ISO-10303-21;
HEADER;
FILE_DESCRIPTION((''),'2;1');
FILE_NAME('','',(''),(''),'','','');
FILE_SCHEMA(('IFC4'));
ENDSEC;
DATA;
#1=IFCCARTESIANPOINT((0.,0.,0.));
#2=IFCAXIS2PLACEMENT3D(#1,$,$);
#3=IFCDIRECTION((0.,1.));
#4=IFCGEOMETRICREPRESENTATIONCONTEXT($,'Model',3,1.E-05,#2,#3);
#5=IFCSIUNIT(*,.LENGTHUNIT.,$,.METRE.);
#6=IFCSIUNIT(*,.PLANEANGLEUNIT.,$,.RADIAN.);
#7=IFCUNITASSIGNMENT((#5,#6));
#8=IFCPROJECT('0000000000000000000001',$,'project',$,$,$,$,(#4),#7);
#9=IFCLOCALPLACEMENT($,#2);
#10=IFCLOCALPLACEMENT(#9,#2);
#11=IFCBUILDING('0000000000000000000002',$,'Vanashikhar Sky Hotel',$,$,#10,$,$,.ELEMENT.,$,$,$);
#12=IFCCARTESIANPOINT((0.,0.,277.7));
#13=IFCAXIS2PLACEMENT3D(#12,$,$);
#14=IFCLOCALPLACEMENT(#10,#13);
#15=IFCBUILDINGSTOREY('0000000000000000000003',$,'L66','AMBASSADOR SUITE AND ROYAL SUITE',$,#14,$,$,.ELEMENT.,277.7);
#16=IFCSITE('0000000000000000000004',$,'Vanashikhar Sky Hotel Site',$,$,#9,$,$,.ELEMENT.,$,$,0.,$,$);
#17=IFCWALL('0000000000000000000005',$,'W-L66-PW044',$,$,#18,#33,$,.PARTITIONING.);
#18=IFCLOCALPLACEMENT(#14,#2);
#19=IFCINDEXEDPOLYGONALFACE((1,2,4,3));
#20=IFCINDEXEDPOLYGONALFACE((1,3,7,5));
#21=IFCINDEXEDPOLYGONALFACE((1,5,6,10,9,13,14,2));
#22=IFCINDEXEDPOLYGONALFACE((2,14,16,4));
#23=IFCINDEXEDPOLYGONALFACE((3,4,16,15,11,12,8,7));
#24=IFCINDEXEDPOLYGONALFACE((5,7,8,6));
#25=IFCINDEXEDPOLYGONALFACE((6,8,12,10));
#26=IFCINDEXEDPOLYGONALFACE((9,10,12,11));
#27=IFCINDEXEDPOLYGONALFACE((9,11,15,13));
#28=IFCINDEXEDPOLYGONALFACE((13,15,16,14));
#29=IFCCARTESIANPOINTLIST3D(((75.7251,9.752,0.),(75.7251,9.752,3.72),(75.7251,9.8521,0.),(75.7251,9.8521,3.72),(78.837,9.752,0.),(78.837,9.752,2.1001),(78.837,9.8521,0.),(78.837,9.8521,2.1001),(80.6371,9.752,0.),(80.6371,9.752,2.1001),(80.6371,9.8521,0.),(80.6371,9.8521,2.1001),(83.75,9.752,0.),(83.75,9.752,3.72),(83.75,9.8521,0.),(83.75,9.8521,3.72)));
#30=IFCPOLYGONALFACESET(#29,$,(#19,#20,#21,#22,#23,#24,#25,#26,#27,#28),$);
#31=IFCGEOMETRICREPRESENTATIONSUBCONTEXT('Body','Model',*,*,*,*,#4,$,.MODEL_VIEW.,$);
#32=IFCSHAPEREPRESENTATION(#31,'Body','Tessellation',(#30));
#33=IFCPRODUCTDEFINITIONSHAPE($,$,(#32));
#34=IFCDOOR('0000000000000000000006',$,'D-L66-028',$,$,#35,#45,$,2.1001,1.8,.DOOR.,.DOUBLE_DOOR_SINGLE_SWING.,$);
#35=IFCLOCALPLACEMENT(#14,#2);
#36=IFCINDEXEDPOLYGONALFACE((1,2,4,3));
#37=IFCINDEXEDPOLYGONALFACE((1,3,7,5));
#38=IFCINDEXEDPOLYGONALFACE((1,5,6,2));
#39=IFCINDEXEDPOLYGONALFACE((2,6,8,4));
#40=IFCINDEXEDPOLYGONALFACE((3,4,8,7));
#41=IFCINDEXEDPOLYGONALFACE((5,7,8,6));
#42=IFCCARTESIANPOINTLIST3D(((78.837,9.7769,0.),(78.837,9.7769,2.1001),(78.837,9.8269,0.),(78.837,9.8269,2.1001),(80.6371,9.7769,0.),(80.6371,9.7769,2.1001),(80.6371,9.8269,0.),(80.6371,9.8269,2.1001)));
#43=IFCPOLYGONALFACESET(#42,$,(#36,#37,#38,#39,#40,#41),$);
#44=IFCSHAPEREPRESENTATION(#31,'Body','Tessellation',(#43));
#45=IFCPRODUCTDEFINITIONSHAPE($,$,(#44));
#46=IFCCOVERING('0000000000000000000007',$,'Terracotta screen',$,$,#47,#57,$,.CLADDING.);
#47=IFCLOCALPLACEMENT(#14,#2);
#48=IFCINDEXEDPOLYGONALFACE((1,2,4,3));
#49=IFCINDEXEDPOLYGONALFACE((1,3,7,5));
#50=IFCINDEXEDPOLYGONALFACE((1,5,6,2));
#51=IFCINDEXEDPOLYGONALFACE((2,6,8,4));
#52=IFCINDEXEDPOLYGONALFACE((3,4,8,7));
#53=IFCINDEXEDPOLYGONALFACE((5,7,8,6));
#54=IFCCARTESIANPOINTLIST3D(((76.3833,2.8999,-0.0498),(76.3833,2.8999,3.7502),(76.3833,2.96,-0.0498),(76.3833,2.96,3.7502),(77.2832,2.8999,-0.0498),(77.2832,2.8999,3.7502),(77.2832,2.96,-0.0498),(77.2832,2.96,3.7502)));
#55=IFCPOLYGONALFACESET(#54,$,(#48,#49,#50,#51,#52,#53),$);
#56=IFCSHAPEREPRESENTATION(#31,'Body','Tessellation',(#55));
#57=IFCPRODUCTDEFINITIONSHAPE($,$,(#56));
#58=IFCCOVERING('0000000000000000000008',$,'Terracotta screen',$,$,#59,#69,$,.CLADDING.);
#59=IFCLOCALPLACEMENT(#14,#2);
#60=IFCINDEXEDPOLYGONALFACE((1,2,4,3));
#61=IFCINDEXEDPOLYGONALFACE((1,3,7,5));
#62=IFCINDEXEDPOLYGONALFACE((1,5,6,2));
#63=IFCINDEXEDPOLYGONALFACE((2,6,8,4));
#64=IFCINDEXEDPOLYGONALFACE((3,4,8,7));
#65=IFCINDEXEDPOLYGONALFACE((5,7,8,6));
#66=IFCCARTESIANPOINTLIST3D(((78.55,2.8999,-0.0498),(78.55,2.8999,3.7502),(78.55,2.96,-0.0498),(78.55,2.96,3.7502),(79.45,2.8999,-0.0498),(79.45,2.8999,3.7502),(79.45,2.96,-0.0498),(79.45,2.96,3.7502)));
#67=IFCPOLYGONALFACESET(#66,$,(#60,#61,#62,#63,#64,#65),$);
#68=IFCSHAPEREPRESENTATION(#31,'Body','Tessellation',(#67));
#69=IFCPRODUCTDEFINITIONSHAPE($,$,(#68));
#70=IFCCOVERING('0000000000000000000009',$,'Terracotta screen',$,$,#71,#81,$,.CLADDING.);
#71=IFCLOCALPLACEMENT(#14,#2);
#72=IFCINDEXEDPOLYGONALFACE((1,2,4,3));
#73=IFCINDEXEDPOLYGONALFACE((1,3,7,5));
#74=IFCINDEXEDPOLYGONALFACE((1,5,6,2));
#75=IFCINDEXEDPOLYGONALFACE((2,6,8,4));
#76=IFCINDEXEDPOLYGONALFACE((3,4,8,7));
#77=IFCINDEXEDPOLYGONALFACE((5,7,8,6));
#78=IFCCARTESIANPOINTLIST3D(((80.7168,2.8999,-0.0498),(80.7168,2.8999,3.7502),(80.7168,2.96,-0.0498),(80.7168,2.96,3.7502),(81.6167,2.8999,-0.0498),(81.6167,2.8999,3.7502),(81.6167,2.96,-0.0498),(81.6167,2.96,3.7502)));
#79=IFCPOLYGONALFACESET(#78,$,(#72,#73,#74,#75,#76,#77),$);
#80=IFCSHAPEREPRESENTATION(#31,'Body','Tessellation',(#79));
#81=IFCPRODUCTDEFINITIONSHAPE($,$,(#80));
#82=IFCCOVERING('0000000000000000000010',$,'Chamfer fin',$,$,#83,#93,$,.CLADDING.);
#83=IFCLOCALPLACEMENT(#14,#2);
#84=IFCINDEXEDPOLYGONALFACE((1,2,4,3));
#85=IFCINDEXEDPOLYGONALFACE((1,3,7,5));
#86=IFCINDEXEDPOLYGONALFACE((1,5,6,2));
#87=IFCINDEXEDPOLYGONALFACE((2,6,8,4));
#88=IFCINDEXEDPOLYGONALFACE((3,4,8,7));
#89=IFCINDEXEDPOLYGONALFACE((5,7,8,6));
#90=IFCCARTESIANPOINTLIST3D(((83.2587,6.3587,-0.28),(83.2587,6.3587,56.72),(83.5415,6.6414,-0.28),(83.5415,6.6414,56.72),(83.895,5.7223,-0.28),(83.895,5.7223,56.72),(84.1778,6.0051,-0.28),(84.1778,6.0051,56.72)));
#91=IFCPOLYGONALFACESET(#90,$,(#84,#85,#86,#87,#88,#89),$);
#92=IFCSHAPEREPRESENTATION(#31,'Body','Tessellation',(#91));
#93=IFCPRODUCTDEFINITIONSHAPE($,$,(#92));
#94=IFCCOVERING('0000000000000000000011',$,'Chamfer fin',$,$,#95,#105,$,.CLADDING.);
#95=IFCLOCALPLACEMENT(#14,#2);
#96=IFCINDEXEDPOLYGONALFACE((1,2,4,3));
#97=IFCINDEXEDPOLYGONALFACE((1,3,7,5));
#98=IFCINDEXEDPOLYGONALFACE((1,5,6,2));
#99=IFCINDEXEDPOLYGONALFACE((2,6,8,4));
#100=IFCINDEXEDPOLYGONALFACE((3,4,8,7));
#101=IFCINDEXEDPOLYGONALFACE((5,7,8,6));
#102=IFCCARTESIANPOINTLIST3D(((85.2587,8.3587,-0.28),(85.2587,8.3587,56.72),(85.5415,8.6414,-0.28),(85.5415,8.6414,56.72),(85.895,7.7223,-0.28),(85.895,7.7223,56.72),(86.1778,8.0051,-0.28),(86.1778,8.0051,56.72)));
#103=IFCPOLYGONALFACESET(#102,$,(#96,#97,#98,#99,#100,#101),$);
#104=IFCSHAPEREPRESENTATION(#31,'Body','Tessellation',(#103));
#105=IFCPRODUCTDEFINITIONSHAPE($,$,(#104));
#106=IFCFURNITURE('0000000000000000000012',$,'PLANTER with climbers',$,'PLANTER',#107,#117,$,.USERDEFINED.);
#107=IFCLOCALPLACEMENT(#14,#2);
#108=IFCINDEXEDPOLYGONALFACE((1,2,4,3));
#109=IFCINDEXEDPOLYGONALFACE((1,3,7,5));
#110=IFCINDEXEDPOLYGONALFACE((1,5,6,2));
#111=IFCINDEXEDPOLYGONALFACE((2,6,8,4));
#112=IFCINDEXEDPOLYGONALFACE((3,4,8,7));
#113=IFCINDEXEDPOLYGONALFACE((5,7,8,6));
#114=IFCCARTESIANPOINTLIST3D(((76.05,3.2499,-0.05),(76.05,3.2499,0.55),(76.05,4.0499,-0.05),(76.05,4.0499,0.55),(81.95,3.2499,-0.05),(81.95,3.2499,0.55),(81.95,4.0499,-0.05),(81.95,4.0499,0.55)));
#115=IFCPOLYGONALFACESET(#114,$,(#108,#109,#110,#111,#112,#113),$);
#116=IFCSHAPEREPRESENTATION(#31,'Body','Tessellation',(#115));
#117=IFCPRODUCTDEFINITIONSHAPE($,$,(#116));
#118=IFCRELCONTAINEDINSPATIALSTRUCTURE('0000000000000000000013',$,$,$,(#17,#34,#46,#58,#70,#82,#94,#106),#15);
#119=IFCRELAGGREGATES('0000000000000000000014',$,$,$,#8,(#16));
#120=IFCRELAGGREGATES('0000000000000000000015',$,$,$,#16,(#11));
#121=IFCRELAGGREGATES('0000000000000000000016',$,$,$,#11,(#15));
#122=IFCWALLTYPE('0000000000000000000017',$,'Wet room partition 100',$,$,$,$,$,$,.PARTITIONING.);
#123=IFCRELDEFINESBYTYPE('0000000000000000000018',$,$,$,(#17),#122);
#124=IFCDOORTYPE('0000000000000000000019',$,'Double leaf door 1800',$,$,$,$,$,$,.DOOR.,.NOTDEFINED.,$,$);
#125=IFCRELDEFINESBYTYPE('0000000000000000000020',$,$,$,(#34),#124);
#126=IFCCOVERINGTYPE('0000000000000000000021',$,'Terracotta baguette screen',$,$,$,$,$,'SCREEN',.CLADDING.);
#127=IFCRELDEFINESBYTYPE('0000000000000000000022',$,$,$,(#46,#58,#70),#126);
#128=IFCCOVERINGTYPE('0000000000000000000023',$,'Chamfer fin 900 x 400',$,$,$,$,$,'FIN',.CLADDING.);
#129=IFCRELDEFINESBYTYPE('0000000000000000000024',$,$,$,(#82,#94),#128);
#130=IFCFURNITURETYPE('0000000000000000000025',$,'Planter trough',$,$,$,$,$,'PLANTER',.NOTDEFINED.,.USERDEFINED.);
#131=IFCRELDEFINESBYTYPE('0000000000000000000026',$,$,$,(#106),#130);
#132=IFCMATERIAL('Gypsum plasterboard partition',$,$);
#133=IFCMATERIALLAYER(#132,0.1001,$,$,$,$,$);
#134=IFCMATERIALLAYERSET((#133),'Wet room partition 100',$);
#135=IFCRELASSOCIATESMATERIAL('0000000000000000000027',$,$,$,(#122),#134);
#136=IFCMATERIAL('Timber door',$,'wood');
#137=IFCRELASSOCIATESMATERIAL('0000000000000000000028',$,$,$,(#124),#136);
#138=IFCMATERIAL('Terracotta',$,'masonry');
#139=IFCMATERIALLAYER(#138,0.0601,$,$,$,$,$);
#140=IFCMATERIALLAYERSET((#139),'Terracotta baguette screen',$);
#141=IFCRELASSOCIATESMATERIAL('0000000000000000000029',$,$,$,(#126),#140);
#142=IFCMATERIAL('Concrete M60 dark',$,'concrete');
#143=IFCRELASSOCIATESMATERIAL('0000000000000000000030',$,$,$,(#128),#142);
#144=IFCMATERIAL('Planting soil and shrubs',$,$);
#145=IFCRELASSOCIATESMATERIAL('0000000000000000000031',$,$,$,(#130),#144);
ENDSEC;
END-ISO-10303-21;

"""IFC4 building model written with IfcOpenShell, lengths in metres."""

from ifc_helpers import new_model, si_unit, direction, frame, frame_2d, origin, origin_2d, place, context, subcontext, project, spatial, rectangle, extrude, source, transform, mapped, material, layer, layer_set, material_profile, profile_set, type_object, element, fill, save


model = new_model("IFC4")

# Units and contexts
model_context = context("Model", 3, precision=1e-05, world=origin(), true_north=direction((0.0, 1.0)))
body_context = subcontext(model_context, "Body", "Model", "MODEL_VIEW")
ifc_project = project(units=[si_unit("LENGTHUNIT", "METRE"), si_unit("PLANEANGLEUNIT", "RADIAN")], contexts=[model_context])

# Site, building, storey
site_placement = place(None, origin())
site = spatial("IfcSite", under=ifc_project, at=site_placement, Name="Vanashikhar Sky Hotel Site", CompositionType="ELEMENT", RefElevation=0.0)
building_placement = place(site_placement, origin())
building = spatial("IfcBuilding", under=site, at=building_placement, Name="Vanashikhar Sky Hotel", CompositionType="ELEMENT")
storey_placement = place(building_placement, frame((0.0, 0.0, 277.7)))
storey = spatial("IfcBuildingStorey", under=building, at=storey_placement, Name="L66", Description="AMBASSADOR SUITE AND ROYAL SUITE", CompositionType="ELEMENT", Elevation=277.7)

# Wall, opening, door
ifc_material_1 = material(Name="Gypsum plasterboard partition")
ifc_layer_1 = layer(ifc_material_1, 0.1001)
ifc_layer_set_1 = layer_set([ifc_layer_1], Name="Wet room partition 100")
wall_type_1 = type_object("IfcWallType", Name="Wet room partition 100", PredefinedType="PARTITIONING", material=ifc_layer_set_1)
shared_shape_1 = source(origin(), body_context, "Body", "SweptSolid", [
    extrude(rectangle(XDim=8.0249, YDim=0.1001, at=frame_2d((4.0125, 0.0))), origin(), (0.0, 0.0, 1.0), 3.72),
])
wall_1_placement = place(storey_placement, frame((75.7251, 9.802, 0.0), z_axis=(0.0, 0.0, 1.0), x_axis=(1.0, 0.0, 0.0)))
wall_1 = element("IfcWall", 1, at=wall_1_placement, inside=storey, type_object=wall_type_1, Name="W-L66-PW044", PredefinedType="PARTITIONING", context=body_context, shape_type="MappedRepresentation", body=[
    mapped(shared_shape_1, transform((0.0, 0.0, 0.0), scale=1.0)),
])
shared_shape_2 = source(origin(), body_context, "Body", "SweptSolid", [
    extrude(rectangle(XDim=1.8, YDim=2.1001, at=frame_2d((0.8999, 1.05))), frame((0.0, 0.0601, 0.0), z_axis=(0.0, -1.0, 0.0), x_axis=(1.0, 0.0, 0.0)), (0.0, 0.0, 1.0), 0.1201),
])
opening_1_placement = place(wall_1_placement, frame((3.1121, 0.0, 0.0)))
opening_1 = element("IfcOpeningElement", 2, at=opening_1_placement, cuts=wall_1, PredefinedType="OPENING", context=body_context, shape_type="MappedRepresentation", body=[
    mapped(shared_shape_2, transform((0.0, 0.0, 0.0), scale=1.0)),
])
ifc_material_2 = material(Name="Timber door", Category="wood")
door_type = type_object("IfcDoorType", Name="Double leaf door 1800", OperationType="NOTDEFINED", PredefinedType="DOOR", material=ifc_material_2)
shared_shape_3 = source(origin(), body_context, "Body", "SweptSolid", [
    extrude(rectangle(XDim=1.8, YDim=2.1001, at=frame_2d((0.8999, 1.05))), frame((0.0, 0.0249, 0.0), z_axis=(0.0, -1.0, 0.0), x_axis=(1.0, 0.0, 0.0)), (0.0, 0.0, 1.0), 0.05),
])
door_placement = place(opening_1_placement, origin())
door = element("IfcDoor", 3, at=door_placement, inside=storey, type_object=door_type, Name="D-L66-028", OperationType="DOUBLE_DOOR_SINGLE_SWING", OverallHeight=2.1001, OverallWidth=1.8, PredefinedType="DOOR", context=body_context, shape_type="MappedRepresentation", body=[
    mapped(shared_shape_3, transform((0.0, 0.0, 0.0), scale=1.0)),
])
fill(opening_1, door)

# Coverings
ifc_material_3 = material(Name="Terracotta", Category="masonry")
ifc_layer_2 = layer(ifc_material_3, 0.0601)
ifc_layer_set_2 = layer_set([ifc_layer_2], Name="Terracotta baguette screen")
covering_type_1 = type_object("IfcCoveringType", Name="Terracotta baguette screen", ElementType="SCREEN", PredefinedType="CLADDING", material=ifc_layer_set_2)
shared_shape_4 = source(origin(), body_context, "Body", "SweptSolid", [
    extrude(rectangle(XDim=0.8999, YDim=0.0601, at=origin_2d()), origin(), (0.0, 0.0, 1.0), 3.8),
])
for number, where, z_axis, x_axis, name in (
    (4, (76.8333, 2.9299, -0.0498), (0.0, 0.0, 1.0), (1.0, 0.0, 0.0), "Terracotta screen"),
    (5, (79.0, 2.9299, -0.0498), (0.0, 0.0, 1.0), (1.0, 0.0, 0.0), "Terracotta screen"),
    (6, (81.1667, 2.9299, -0.0498), (0.0, 0.0, 1.0), (1.0, 0.0, 0.0), "Terracotta screen"),
):
    element("IfcCovering", number, at=place(storey_placement, frame(where, z_axis=z_axis, x_axis=x_axis)), inside=storey, type_object=covering_type_1, Name=name, PredefinedType="CLADDING", context=body_context, shape_type="MappedRepresentation", body=[
        mapped(shared_shape_4, transform((0.0, 0.0, 0.0), scale=1.0)),
    ])
ifc_material_4 = material(Name="Concrete M60 dark", Category="concrete")
ifc_material_profile = material_profile(ifc_material_4, rectangle(XDim=0.8999, YDim=0.3999, at=origin_2d()))
ifc_profile_set = profile_set([ifc_material_profile], Name="Chamfer fin 900 x 400")
covering_type_2 = type_object("IfcCoveringType", Name="Chamfer fin 900 x 400", ElementType="FIN", PredefinedType="CLADDING", material=ifc_profile_set)
shared_shape_5 = source(origin(), body_context, "Body", "SweptSolid", [
    extrude(rectangle(XDim=0.8999, YDim=0.3999, at=origin_2d()), origin(), (0.0, 0.0, 1.0), 57.0),
])
for number, where, z_axis, x_axis, name in (
    (7, (83.7183, 6.1819, -0.28), (0.0, 0.0, 1.0), (0.707107, -0.707107, 0.0), "Chamfer fin"),
    (8, (85.7183, 8.1819, -0.28), (0.0, 0.0, 1.0), (0.707107, -0.707107, 0.0), "Chamfer fin"),
):
    element("IfcCovering", number, at=place(storey_placement, frame(where, z_axis=z_axis, x_axis=x_axis)), inside=storey, type_object=covering_type_2, Name=name, PredefinedType="CLADDING", context=body_context, shape_type="MappedRepresentation", body=[
        mapped(shared_shape_5, transform((0.0, 0.0, 0.0), scale=1.0)),
    ])

# Furniture
ifc_material_5 = material(Name="Planting soil and shrubs")
furniture_type = type_object("IfcFurnitureType", Name="Planter trough", ElementType="PLANTER", AssemblyPlace="NOTDEFINED", PredefinedType="USERDEFINED", material=ifc_material_5)
shared_shape_6 = source(origin(), body_context, "Body", "SweptSolid", [
    extrude(rectangle(XDim=5.8999, YDim=0.8, at=origin_2d()), origin(), (0.0, 0.0, 1.0), 0.6001),
])
furniture_placement = place(storey_placement, frame((79.0, 3.6499, -0.05), z_axis=(0.0, 0.0, 1.0), x_axis=(1.0, 0.0, 0.0)))
element("IfcFurniture", 9, at=furniture_placement, inside=storey, type_object=furniture_type, Name="PLANTER with climbers", ObjectType="PLANTER", PredefinedType="USERDEFINED", context=body_context, shape_type="MappedRepresentation", body=[
    mapped(shared_shape_6, transform((0.0, 0.0, 0.0), scale=1.0)),
])

save(model, "model.ifc")
